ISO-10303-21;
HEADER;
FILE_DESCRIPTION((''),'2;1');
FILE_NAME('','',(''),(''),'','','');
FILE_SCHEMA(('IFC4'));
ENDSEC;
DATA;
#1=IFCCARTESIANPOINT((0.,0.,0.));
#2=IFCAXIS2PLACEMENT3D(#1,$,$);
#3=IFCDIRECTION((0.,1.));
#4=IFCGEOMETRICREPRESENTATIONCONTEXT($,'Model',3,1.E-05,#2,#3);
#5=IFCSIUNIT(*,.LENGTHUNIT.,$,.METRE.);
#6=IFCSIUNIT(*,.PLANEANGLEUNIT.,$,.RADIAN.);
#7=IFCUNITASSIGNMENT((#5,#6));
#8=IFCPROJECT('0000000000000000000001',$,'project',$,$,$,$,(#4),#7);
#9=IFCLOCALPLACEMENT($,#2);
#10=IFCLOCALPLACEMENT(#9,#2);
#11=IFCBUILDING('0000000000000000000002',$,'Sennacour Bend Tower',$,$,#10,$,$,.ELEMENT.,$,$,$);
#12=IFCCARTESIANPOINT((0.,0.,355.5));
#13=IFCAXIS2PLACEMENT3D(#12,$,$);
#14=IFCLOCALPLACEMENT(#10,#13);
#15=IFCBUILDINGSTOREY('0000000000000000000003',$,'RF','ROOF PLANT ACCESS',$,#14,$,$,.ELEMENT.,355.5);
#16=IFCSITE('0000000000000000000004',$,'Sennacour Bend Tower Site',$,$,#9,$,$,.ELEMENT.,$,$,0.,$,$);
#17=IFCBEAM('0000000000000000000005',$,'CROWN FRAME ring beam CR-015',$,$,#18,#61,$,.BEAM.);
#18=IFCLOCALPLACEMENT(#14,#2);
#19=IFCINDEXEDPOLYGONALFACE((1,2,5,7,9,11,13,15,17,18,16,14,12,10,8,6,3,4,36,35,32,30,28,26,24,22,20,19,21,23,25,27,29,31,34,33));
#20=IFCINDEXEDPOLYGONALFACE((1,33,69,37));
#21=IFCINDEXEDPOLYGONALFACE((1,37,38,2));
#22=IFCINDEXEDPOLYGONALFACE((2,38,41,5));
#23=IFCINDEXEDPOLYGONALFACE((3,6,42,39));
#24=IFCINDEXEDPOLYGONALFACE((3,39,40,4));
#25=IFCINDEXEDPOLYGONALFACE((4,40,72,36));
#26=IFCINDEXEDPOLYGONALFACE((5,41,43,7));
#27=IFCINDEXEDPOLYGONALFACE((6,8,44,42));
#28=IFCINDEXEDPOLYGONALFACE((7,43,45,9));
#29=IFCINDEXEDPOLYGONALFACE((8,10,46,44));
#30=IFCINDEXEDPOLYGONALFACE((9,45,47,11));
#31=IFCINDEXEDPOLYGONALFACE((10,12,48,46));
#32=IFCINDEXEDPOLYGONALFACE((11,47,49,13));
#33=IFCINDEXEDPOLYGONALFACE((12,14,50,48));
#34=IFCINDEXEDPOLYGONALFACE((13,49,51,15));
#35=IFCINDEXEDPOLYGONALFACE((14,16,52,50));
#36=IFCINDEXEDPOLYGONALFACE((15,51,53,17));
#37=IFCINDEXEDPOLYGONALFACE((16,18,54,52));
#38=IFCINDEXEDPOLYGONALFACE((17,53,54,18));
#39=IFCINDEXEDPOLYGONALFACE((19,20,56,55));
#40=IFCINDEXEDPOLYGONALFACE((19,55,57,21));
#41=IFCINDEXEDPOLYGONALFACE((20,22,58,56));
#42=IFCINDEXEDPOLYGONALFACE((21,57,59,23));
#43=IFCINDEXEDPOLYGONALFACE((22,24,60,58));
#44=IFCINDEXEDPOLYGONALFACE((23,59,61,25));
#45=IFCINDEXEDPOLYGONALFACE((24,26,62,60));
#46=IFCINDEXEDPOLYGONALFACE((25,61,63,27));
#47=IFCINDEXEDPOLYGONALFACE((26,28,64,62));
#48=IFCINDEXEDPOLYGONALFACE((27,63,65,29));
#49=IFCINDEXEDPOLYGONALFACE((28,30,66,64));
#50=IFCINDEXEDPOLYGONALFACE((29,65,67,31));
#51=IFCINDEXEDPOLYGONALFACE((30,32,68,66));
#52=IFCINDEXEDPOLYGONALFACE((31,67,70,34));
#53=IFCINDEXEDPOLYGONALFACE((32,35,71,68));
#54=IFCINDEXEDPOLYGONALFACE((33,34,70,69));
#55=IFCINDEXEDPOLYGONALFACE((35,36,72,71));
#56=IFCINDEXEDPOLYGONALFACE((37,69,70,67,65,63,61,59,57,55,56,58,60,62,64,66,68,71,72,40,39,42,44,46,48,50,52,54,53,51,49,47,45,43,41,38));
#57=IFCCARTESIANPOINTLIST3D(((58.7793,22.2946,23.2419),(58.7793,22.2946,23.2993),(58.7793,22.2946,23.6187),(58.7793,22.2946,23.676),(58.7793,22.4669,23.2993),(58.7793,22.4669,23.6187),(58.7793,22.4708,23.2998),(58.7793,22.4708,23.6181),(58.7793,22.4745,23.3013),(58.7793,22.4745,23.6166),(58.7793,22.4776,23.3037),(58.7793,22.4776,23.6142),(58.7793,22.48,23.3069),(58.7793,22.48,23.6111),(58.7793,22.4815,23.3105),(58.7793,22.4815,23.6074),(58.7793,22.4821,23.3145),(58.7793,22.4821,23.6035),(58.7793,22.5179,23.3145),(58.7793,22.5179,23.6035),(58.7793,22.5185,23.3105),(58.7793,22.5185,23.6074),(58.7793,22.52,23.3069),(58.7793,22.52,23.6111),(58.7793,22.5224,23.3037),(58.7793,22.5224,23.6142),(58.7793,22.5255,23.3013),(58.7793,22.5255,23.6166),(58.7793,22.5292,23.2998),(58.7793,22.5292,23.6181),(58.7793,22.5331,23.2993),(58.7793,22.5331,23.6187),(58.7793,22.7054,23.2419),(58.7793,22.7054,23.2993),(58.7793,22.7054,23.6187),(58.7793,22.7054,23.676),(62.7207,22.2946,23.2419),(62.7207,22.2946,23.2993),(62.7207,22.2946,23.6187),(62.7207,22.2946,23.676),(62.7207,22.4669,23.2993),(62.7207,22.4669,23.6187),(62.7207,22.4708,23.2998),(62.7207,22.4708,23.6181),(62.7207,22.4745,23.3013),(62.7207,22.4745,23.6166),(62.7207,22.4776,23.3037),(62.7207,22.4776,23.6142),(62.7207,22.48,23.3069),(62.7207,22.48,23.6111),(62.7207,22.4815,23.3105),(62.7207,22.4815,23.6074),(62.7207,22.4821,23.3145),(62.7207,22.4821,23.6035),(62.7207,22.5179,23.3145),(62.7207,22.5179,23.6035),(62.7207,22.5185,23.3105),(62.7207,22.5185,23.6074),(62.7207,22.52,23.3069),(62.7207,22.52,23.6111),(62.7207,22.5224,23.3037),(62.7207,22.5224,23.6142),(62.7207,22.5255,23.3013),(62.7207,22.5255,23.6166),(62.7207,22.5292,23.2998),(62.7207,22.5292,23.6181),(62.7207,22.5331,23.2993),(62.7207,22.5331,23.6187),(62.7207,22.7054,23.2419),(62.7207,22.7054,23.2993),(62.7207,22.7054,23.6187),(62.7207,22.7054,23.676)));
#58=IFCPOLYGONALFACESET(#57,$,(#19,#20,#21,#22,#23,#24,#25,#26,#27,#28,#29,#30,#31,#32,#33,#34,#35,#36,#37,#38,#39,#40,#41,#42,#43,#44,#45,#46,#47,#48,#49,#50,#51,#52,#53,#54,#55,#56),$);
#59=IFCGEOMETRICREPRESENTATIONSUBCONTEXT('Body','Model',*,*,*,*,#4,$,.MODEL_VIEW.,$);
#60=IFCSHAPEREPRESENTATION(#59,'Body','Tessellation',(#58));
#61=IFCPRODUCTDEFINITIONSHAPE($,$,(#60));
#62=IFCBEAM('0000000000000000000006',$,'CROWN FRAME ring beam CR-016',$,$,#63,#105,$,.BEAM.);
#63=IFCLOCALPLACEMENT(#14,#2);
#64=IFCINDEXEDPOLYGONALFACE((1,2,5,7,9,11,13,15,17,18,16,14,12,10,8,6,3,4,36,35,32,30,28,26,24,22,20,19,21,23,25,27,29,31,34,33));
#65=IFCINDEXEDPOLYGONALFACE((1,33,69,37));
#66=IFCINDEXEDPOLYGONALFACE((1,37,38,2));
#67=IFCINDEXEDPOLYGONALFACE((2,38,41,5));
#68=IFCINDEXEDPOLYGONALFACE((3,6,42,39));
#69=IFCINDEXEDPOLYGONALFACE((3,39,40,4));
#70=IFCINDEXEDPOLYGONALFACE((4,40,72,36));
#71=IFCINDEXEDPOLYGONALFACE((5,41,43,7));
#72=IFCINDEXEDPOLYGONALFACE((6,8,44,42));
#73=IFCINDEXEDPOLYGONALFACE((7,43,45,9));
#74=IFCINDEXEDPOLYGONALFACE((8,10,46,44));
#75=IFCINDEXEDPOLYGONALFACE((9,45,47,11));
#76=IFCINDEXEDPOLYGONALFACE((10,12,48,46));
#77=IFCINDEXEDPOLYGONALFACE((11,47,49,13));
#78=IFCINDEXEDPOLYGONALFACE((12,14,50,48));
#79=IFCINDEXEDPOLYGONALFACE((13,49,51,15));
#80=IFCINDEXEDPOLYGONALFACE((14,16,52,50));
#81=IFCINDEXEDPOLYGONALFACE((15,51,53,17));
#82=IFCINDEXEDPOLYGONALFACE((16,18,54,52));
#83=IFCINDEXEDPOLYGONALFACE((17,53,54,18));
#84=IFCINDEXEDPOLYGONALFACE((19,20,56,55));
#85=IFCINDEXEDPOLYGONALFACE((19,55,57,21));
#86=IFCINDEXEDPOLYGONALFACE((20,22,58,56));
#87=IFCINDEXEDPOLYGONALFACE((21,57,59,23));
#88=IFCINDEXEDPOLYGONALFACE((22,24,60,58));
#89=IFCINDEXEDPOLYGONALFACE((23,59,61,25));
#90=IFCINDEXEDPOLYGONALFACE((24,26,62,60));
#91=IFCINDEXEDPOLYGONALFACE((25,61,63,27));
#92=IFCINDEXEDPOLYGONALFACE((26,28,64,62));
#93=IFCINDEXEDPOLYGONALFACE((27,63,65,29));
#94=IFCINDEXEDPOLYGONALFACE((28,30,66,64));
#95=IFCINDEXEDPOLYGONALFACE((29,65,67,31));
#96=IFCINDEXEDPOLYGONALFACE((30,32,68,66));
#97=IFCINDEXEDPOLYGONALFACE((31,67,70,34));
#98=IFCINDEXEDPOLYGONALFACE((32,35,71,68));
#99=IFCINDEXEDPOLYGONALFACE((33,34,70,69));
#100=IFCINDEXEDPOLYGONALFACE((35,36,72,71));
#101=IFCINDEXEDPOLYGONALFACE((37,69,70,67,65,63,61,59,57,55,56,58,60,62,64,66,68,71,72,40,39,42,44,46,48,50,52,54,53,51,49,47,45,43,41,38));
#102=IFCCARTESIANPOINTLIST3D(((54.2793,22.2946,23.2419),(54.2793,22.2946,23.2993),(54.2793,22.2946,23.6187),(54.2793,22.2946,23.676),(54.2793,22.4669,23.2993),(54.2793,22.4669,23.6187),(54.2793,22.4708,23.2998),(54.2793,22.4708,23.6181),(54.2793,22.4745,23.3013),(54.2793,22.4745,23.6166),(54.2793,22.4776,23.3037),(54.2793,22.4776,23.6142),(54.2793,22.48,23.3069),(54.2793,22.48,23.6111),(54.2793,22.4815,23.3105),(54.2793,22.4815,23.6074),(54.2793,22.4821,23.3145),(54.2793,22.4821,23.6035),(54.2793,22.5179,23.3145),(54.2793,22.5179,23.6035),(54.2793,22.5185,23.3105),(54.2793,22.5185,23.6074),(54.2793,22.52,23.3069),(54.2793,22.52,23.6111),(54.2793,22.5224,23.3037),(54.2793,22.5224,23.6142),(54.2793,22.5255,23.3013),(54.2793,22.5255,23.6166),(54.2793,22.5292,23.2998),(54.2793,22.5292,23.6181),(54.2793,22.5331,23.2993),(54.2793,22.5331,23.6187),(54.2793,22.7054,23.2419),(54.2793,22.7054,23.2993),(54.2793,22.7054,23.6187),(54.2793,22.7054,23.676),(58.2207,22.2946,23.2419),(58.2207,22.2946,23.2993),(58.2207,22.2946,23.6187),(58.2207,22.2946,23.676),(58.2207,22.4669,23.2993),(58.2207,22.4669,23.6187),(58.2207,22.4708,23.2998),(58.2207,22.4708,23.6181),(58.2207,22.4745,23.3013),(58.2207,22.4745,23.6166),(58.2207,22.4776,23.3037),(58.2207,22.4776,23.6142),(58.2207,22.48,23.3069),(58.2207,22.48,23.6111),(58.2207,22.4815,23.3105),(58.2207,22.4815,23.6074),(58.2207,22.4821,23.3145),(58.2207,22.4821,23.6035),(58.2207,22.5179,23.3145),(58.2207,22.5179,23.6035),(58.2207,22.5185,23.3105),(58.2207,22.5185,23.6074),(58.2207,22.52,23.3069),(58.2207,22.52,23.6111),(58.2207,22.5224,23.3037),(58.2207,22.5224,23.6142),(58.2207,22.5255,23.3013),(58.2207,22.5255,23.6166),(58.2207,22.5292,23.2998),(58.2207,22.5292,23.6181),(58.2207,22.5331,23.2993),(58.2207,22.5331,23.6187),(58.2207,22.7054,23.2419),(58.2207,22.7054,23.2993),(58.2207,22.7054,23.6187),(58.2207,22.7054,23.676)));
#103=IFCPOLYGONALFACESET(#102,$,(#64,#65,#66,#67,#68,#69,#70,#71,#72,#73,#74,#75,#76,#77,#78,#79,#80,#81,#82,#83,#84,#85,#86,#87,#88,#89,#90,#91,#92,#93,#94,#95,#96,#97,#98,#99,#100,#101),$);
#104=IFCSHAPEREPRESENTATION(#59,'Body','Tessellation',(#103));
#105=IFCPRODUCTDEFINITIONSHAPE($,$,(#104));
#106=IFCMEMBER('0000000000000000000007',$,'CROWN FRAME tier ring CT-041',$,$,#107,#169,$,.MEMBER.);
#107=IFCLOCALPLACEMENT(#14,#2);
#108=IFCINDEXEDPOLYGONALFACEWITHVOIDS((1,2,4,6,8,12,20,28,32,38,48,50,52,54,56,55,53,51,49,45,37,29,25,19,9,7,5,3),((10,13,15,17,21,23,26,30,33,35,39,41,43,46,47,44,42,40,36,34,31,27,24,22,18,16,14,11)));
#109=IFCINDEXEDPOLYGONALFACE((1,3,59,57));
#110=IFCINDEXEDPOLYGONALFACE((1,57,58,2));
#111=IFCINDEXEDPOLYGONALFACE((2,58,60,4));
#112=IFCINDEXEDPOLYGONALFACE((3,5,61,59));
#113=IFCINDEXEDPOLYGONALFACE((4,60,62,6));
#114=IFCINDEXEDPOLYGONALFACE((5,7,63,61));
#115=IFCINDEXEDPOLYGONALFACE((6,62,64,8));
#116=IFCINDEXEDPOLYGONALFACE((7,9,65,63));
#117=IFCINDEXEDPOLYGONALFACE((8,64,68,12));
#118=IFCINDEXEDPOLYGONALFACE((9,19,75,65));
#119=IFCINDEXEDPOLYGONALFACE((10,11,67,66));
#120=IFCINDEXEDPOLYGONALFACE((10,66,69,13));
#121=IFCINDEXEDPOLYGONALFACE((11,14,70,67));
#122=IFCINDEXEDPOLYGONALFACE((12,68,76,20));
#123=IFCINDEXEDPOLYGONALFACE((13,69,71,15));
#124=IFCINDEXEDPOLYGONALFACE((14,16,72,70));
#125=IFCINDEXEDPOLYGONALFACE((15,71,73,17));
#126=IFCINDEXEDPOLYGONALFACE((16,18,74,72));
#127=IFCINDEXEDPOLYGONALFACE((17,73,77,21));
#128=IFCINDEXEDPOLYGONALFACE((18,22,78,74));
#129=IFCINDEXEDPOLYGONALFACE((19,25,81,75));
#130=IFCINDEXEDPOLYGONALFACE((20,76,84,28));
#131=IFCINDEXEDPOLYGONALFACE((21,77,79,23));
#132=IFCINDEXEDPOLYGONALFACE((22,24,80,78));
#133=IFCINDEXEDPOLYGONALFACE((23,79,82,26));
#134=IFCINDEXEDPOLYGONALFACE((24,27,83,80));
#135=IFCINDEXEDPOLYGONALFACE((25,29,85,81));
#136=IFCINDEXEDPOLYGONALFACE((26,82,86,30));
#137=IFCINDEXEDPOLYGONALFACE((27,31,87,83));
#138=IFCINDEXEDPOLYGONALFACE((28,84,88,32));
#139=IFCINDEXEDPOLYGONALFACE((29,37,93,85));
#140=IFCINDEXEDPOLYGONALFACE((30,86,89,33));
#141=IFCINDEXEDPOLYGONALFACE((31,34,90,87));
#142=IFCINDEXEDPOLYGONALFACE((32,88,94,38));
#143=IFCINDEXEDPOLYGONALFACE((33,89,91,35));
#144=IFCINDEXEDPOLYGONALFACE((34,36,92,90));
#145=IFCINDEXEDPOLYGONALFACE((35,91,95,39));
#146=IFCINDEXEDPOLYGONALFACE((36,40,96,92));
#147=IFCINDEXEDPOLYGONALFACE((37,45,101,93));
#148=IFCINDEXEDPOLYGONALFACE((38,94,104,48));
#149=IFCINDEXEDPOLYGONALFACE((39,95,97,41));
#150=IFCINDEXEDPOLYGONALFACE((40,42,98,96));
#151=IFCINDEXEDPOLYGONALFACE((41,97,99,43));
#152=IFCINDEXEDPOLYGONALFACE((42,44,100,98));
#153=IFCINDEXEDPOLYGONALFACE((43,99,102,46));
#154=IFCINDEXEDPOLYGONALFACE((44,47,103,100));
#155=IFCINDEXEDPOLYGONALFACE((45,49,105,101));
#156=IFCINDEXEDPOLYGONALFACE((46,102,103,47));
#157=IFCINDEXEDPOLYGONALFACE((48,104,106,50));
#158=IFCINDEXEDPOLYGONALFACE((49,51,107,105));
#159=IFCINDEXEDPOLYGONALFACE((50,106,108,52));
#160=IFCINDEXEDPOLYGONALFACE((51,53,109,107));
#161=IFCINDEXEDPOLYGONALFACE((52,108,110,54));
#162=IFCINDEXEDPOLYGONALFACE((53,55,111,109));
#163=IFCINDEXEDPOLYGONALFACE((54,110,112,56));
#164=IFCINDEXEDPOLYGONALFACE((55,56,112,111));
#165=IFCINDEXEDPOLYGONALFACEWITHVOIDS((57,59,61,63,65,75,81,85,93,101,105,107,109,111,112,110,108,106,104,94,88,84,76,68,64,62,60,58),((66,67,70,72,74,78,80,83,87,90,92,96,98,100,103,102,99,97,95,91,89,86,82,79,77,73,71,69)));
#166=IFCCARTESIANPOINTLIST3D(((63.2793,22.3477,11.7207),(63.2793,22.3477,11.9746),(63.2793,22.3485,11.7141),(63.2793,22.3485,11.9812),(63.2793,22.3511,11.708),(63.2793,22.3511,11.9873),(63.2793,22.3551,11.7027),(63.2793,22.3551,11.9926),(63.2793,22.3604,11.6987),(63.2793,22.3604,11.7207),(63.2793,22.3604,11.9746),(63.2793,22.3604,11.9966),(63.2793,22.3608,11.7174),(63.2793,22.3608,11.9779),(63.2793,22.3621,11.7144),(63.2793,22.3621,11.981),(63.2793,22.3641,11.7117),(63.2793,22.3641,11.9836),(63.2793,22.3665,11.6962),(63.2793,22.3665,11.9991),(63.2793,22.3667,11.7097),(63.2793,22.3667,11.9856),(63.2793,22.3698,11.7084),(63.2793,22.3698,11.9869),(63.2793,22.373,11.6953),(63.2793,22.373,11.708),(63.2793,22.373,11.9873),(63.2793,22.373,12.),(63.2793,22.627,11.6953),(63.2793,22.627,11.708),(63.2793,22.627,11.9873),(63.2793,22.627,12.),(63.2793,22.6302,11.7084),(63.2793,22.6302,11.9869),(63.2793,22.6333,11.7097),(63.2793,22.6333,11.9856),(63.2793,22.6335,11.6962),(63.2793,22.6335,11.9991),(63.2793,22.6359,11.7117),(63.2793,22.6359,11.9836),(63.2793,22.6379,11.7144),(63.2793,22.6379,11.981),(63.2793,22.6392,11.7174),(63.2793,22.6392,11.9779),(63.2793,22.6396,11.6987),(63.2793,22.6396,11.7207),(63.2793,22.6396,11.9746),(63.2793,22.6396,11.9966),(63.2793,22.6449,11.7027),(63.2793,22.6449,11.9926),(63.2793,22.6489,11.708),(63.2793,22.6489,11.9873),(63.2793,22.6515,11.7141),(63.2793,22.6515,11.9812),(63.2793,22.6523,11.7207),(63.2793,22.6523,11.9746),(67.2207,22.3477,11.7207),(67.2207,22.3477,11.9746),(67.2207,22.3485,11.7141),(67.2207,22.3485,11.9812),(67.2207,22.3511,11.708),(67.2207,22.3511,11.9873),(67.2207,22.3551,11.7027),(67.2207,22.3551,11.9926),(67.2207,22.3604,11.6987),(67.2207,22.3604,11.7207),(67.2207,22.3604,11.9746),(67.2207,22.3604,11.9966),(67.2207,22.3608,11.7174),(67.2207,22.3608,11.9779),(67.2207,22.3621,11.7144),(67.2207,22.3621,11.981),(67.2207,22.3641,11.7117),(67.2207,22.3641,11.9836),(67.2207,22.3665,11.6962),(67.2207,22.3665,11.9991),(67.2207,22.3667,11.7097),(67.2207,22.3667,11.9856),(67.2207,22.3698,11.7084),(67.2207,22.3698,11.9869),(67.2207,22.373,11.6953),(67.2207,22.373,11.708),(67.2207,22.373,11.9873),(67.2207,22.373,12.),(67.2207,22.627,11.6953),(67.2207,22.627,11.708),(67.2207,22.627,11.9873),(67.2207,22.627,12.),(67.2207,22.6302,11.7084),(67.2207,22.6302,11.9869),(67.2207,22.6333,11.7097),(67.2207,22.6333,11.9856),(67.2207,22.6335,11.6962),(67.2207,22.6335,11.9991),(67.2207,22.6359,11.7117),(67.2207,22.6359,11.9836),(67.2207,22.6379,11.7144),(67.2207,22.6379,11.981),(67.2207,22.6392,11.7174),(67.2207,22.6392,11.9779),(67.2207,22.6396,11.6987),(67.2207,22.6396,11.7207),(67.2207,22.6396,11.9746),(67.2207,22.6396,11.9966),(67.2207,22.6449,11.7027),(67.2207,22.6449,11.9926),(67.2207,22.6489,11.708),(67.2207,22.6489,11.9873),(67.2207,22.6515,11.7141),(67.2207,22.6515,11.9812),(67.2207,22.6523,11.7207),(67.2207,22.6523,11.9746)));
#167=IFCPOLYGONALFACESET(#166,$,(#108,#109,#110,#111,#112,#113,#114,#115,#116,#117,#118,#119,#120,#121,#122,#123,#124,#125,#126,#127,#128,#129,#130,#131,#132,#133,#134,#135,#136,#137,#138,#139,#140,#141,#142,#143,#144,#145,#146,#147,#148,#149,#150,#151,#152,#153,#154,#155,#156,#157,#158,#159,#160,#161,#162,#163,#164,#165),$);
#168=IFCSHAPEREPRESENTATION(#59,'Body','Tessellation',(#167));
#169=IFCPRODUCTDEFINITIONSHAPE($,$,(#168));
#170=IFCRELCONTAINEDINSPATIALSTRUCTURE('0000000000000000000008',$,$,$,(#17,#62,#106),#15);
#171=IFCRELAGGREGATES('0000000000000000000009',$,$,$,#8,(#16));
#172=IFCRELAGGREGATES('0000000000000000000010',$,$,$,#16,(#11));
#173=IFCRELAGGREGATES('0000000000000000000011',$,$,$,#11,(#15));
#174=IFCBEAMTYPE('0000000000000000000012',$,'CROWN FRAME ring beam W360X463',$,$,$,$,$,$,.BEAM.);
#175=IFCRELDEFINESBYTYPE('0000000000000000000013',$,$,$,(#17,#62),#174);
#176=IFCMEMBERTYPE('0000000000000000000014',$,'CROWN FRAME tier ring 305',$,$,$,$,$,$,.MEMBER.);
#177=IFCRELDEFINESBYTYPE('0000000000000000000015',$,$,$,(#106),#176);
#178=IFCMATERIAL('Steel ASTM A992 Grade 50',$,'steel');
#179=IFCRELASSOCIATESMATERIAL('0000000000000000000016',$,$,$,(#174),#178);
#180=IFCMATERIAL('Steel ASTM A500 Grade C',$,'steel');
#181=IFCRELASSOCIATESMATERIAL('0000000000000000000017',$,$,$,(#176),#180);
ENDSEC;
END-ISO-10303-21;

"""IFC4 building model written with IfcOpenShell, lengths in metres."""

from ifc_helpers import new_model, si_unit, direction, frame, origin, origin_2d, place, context, subcontext, project, spatial, hollow_rectangle, i_section, extrude, material, material_profile, profile_set, type_object, element, save


model = new_model("IFC4")

# Units and contexts
model_context = context("Model", 3, precision=1e-05, world=origin(), true_north=direction((0.0, 1.0)))
body_context = subcontext(model_context, "Body", "Model", "MODEL_VIEW")
ifc_project = project(units=[si_unit("LENGTHUNIT", "METRE"), si_unit("PLANEANGLEUNIT", "RADIAN")], contexts=[model_context])

# Site, building, storey
site_placement = place(None, origin())
site = spatial("IfcSite", under=ifc_project, at=site_placement, Name="Sennacour Bend Tower Site", CompositionType="ELEMENT", RefElevation=0.0)
building_placement = place(site_placement, origin())
building = spatial("IfcBuilding", under=site, at=building_placement, Name="Sennacour Bend Tower", CompositionType="ELEMENT")
storey_placement = place(building_placement, frame((0.0, 0.0, 355.5)))
storey = spatial("IfcBuildingStorey", under=building, at=storey_placement, Name="RF", Description="ROOF PLANT ACCESS", CompositionType="ELEMENT", Elevation=355.5)

# Shared definitions
ifc_material_1 = material(Name="Steel ASTM A500 Grade C", Category="steel")

# Beams
ifc_material_2 = material(Name="Steel ASTM A992 Grade 50", Category="steel")
ifc_material_profile_1 = material_profile(ifc_material_2, i_section(OverallWidth=0.4109, OverallDepth=0.4341, WebThickness=0.0359, FlangeThickness=0.0574, FilletRadius=0.0151, at=origin_2d()), Name="Steel ASTM A992 Grade 50", Category="steel")
ifc_profile_set_1 = profile_set([ifc_material_profile_1], Name="Steel ASTM A992 Grade 50")
beam_type = type_object("IfcBeamType", Name="CROWN FRAME ring beam W360X463", PredefinedType="BEAM", material=ifc_profile_set_1)
for number, where, z_axis, x_axis, name in (
    (1, (62.7207, 22.5, 23.459), (-1.0, 0.0, 0.0), (0.0, -1.0, 0.0), "CROWN FRAME ring beam CR-015"),
    (2, (58.2207, 22.5, 23.459), (-1.0, 0.0, 0.0), (0.0, -1.0, 0.0), "CROWN FRAME ring beam CR-016"),
):
    element("IfcBeam", number, at=place(storey_placement, frame(where, z_axis=z_axis, x_axis=x_axis)), inside=storey, type_object=beam_type, Name=name, PredefinedType="BEAM", context=body_context, shape_type="SweptSolid", body=[
        extrude(i_section(OverallWidth=0.4109, OverallDepth=0.4341, WebThickness=0.0359, FlangeThickness=0.0574, FilletRadius=0.0151, at=origin_2d()), origin(), (0.0, 0.0, 1.0), 3.9414),
    ])

# Member
ifc_material_profile_2 = material_profile(ifc_material_1, hollow_rectangle(XDim=0.3047, YDim=0.3047, WallThickness=0.0127, InnerFilletRadius=0.0127, OuterFilletRadius=0.0254, at=origin_2d()), Name="Steel ASTM A500 Grade C", Category="steel")
ifc_profile_set_2 = profile_set([ifc_material_profile_2], Name="Steel ASTM A500 Grade C")
member_type_1 = type_object("IfcMemberType", Name="CROWN FRAME tier ring 305", PredefinedType="MEMBER", material=ifc_profile_set_2)
for number, where, z_axis, x_axis, name in (
    (3, (67.2207, 22.5, 11.8477), (-1.0, 0.0, 0.0), (0.0, -1.0, 0.0), "CROWN FRAME tier ring CT-041"),
):
    element("IfcMember", number, at=place(storey_placement, frame(where, z_axis=z_axis, x_axis=x_axis)), inside=storey, type_object=member_type_1, Name=name, PredefinedType="MEMBER", context=body_context, shape_type="SweptSolid", body=[
        extrude(hollow_rectangle(XDim=0.3047, YDim=0.3047, WallThickness=0.0127, InnerFilletRadius=0.0127, OuterFilletRadius=0.0254, at=origin_2d()), origin(), (0.0, 0.0, 1.0), 3.9414),
    ])

save(model, "model.ifc")
